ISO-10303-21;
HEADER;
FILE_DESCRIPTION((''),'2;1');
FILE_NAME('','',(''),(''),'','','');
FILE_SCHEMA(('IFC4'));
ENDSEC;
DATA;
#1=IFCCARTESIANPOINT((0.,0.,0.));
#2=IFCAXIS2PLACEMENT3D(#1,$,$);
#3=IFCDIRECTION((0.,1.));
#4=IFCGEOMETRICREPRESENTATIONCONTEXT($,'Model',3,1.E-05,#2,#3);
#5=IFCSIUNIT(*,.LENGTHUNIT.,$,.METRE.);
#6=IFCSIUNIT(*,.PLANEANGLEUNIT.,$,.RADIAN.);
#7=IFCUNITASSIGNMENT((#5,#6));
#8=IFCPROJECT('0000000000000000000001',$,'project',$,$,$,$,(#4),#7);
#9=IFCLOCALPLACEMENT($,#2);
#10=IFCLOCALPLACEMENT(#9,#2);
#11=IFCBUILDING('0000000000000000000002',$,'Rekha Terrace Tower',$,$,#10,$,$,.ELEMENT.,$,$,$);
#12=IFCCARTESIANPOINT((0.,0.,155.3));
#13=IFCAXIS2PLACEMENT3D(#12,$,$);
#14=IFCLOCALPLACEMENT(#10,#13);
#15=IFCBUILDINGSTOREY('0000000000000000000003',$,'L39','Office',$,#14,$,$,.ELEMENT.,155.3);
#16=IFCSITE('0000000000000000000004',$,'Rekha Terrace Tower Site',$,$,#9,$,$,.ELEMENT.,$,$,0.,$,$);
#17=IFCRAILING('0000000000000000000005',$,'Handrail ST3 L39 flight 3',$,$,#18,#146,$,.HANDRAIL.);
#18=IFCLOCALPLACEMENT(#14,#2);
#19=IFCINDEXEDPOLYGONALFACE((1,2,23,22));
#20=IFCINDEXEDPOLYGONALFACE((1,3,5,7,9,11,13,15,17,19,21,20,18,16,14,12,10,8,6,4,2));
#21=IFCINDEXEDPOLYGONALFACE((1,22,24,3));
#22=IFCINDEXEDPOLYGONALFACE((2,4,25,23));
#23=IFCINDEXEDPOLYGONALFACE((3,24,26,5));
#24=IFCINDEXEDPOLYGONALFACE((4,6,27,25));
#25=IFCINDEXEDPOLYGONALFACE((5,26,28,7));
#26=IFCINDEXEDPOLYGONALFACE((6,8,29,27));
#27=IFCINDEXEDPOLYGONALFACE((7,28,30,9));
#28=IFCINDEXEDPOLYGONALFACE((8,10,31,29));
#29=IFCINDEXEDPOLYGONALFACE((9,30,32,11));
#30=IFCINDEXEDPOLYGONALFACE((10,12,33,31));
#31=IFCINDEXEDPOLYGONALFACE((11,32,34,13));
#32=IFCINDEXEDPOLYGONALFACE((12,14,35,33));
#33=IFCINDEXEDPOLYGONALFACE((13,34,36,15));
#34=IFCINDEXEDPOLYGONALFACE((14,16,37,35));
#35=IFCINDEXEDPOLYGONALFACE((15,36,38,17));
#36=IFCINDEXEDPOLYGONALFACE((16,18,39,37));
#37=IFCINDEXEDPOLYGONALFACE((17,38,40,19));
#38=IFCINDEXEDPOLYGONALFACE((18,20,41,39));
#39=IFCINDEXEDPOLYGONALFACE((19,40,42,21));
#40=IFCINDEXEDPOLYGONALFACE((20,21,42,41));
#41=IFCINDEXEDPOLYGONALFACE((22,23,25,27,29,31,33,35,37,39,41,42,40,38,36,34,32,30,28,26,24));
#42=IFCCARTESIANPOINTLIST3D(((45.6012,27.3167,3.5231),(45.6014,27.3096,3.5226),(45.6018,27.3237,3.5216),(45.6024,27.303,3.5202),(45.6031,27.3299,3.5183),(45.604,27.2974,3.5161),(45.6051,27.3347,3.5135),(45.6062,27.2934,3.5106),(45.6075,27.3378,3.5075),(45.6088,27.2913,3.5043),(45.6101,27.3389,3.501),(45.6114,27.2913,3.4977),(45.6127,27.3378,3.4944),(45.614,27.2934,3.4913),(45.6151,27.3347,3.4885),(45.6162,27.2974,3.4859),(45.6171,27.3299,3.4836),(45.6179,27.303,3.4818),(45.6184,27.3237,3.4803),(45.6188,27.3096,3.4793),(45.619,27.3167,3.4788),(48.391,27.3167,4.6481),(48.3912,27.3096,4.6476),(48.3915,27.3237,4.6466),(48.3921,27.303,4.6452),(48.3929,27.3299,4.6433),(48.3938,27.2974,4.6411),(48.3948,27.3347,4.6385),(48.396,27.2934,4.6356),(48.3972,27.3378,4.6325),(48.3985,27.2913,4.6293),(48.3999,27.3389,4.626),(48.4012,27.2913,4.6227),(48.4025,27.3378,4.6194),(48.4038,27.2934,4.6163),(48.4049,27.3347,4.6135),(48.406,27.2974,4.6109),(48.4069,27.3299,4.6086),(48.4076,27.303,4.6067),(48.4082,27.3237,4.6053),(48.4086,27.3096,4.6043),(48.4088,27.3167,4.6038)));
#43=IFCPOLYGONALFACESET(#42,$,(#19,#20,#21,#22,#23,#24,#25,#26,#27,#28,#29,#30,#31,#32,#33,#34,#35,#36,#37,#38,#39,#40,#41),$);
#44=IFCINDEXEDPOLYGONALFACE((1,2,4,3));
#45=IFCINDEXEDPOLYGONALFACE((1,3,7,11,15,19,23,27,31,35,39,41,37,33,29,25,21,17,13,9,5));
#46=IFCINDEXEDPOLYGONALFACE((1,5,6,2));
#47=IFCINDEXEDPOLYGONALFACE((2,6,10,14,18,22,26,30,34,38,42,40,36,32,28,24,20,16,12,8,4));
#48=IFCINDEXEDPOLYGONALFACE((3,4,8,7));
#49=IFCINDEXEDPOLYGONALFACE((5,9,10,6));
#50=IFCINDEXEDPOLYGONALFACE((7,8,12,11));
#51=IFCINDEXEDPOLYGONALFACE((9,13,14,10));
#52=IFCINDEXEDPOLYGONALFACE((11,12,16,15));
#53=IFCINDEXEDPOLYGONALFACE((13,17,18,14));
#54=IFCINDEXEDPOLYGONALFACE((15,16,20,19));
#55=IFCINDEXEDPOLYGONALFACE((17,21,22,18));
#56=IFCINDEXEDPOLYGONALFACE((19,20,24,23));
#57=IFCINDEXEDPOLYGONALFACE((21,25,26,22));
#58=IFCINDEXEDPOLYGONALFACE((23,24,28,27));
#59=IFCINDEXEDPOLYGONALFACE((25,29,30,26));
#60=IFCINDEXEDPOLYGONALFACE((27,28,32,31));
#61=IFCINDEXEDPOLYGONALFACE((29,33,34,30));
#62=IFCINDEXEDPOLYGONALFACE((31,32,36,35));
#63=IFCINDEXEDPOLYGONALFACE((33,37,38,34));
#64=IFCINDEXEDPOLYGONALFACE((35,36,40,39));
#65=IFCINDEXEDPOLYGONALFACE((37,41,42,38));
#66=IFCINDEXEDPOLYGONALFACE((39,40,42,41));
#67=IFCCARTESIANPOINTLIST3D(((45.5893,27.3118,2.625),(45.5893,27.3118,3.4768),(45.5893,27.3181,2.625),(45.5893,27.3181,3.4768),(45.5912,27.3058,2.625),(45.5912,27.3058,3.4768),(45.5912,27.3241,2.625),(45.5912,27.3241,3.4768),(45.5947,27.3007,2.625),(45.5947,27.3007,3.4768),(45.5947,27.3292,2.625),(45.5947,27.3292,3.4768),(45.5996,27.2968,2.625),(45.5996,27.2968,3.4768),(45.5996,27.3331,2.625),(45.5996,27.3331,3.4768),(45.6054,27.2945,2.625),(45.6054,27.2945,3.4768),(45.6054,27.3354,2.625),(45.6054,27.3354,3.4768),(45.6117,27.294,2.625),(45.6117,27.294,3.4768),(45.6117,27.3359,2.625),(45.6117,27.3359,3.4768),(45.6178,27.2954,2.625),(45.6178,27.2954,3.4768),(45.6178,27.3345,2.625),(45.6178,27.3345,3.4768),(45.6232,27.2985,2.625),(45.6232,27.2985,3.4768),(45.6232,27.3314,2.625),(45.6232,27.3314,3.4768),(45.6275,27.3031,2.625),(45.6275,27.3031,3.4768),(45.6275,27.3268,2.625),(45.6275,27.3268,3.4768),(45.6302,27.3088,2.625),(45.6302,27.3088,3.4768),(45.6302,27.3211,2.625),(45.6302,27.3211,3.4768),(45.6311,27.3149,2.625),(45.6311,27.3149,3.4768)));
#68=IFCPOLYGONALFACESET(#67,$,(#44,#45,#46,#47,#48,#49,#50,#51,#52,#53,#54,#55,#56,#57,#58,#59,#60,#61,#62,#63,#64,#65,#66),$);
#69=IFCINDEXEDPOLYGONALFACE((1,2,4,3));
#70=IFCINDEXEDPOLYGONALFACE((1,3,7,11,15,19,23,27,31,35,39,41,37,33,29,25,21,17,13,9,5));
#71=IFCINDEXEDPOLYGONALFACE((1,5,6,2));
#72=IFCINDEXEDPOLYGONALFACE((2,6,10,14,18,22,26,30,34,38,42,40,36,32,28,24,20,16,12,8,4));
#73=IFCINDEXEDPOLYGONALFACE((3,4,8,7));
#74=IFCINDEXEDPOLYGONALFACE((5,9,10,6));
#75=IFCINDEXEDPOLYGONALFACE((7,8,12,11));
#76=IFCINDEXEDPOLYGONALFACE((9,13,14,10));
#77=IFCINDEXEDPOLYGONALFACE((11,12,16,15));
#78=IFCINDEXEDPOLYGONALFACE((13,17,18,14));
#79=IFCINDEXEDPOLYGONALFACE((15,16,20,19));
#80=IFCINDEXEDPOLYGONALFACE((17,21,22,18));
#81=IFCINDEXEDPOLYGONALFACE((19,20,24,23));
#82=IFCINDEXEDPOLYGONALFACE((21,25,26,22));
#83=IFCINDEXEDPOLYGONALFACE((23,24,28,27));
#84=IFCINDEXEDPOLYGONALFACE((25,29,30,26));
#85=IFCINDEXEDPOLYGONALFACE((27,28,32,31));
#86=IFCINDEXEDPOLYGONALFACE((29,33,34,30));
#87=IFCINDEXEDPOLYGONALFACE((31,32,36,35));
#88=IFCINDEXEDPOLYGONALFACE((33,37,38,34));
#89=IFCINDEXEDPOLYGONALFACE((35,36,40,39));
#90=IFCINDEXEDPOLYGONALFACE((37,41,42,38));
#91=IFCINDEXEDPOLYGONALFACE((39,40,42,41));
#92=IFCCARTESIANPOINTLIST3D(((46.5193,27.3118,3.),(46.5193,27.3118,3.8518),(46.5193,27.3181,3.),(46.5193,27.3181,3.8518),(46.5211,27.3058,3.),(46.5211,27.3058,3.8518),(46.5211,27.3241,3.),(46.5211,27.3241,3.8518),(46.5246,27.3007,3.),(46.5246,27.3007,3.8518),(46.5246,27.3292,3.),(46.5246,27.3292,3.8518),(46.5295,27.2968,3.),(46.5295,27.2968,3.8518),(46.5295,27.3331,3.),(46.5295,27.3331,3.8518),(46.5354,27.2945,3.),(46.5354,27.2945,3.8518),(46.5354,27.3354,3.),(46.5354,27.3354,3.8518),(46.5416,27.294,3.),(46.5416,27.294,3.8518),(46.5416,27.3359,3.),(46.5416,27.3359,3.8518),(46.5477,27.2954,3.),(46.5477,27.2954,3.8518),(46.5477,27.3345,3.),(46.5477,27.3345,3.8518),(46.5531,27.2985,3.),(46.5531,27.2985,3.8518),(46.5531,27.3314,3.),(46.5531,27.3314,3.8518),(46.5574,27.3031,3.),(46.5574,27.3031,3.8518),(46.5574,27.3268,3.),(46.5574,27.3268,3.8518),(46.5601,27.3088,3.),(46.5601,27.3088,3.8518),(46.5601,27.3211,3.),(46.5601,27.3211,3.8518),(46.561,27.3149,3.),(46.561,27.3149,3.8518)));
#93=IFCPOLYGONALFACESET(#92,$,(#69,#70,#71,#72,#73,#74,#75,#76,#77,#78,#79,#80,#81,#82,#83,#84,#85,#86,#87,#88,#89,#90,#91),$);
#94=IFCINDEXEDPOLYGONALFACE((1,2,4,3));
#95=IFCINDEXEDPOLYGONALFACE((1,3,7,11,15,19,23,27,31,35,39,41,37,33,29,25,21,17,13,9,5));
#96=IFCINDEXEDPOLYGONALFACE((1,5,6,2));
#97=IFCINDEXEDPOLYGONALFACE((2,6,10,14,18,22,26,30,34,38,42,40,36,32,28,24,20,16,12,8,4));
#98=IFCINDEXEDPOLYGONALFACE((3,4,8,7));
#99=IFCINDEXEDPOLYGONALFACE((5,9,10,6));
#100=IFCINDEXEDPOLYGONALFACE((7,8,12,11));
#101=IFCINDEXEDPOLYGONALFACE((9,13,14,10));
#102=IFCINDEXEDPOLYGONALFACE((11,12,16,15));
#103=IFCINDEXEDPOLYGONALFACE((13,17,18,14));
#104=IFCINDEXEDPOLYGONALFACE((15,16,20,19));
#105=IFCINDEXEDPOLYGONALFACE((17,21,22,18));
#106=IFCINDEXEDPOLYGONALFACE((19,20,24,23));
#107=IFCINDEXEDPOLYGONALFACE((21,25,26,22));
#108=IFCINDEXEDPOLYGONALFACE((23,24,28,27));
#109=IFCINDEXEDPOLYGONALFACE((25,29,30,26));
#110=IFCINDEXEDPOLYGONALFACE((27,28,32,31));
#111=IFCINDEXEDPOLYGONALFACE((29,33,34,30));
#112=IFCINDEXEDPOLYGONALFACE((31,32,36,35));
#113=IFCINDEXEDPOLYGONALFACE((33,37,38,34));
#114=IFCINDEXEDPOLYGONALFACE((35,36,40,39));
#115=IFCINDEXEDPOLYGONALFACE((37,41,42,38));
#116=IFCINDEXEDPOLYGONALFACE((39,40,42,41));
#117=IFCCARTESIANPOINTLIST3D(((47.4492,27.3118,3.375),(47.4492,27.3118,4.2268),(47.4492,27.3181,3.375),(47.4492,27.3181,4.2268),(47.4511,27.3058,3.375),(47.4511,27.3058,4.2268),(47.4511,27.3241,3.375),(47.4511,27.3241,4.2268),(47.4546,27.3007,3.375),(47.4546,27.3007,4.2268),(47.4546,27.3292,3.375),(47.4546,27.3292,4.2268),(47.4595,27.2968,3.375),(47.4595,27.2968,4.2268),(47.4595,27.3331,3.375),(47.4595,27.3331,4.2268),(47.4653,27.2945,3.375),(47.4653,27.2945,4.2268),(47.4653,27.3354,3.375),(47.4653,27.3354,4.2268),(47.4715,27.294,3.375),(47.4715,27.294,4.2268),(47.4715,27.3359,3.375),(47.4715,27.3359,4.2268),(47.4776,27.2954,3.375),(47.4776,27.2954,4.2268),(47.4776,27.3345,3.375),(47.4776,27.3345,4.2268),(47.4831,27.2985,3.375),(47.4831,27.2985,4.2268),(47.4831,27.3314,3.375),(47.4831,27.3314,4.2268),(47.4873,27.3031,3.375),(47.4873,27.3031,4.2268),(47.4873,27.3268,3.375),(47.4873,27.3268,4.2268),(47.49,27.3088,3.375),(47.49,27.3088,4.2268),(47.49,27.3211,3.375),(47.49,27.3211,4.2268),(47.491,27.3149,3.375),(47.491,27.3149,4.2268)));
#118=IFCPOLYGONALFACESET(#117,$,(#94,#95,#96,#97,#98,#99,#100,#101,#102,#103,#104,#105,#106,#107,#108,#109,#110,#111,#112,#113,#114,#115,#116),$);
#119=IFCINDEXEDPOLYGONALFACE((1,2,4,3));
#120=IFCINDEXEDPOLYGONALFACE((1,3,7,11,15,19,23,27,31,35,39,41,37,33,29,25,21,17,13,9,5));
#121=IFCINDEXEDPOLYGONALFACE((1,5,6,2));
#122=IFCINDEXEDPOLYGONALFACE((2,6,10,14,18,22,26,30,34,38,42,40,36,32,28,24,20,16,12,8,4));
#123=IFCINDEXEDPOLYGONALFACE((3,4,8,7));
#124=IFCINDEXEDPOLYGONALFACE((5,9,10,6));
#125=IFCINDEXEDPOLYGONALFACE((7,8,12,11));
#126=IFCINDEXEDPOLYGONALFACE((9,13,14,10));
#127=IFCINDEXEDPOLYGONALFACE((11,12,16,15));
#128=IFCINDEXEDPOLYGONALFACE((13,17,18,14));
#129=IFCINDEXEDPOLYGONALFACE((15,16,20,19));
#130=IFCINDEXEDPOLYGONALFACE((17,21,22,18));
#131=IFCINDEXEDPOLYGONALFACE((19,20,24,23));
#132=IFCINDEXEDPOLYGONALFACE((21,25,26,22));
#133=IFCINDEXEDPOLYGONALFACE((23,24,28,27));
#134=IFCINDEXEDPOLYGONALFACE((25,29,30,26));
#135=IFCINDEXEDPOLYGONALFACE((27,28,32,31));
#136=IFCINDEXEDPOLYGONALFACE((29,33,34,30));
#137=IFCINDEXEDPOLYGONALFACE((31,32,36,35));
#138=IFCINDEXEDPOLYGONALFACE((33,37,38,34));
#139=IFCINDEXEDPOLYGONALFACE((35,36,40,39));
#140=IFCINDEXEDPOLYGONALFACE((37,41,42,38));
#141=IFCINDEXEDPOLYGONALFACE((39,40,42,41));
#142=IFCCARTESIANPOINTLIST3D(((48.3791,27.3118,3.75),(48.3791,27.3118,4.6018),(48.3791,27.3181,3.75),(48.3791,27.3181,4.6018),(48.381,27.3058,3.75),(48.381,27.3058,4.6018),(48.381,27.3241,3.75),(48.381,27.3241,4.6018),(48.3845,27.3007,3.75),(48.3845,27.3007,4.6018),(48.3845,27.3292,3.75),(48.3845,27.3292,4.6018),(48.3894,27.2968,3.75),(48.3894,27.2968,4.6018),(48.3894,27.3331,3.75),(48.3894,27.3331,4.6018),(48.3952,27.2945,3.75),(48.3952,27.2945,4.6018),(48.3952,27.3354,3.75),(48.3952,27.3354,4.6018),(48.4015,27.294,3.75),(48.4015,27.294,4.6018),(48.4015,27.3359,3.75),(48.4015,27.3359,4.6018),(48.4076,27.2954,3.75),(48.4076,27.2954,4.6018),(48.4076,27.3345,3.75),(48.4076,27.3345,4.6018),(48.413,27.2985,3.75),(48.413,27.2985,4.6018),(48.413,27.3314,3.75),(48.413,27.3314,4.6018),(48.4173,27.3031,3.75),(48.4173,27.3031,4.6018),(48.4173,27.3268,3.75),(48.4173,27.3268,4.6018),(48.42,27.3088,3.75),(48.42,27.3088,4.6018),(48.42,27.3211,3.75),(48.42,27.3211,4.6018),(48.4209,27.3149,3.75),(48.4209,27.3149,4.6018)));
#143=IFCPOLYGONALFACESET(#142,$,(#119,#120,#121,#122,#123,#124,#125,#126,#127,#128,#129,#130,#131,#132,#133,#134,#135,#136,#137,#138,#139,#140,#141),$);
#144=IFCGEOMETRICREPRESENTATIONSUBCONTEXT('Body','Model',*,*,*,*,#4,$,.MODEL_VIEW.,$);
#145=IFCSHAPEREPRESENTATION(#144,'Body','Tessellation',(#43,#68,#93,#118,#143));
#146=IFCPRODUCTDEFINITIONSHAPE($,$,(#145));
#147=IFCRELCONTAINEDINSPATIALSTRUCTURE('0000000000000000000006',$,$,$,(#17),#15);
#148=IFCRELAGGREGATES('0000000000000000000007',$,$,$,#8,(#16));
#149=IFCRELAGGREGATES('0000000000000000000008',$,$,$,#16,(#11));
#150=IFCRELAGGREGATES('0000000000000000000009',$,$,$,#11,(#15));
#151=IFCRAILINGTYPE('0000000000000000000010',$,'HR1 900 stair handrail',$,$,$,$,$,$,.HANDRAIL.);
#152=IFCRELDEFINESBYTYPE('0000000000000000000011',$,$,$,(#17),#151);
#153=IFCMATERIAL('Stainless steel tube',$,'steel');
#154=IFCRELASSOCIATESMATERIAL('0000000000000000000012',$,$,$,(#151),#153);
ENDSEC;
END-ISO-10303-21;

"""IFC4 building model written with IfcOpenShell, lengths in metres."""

from ifc_helpers import new_model, si_unit, direction, frame, origin, origin_2d, place, context, subcontext, project, spatial, circle, extrude, material, type_object, element, save


model = new_model("IFC4")

# Units and contexts
model_context = context("Model", 3, precision=1e-05, world=origin(), true_north=direction((0.0, 1.0)))
body_context = subcontext(model_context, "Body", "Model", "MODEL_VIEW")
ifc_project = project(units=[si_unit("LENGTHUNIT", "METRE"), si_unit("PLANEANGLEUNIT", "RADIAN")], contexts=[model_context])

# Site, building, storey
site_placement = place(None, origin())
site = spatial("IfcSite", under=ifc_project, at=site_placement, Name="Rekha Terrace Tower Site", CompositionType="ELEMENT", RefElevation=0.0)
building_placement = place(site_placement, origin())
building = spatial("IfcBuilding", under=site, at=building_placement, Name="Rekha Terrace Tower", CompositionType="ELEMENT")
storey_placement = place(building_placement, frame((0.0, 0.0, 155.3)))
storey = spatial("IfcBuildingStorey", under=building, at=storey_placement, Name="L39", Description="Office", CompositionType="ELEMENT", Elevation=155.3)

# Railing
ifc_material_1 = material(Name="Stainless steel tube", Category="steel")
railing_type_1 = type_object("IfcRailingType", Name="HR1 900 stair handrail", PredefinedType="HANDRAIL", material=ifc_material_1)
railing_1_placement = place(storey_placement, frame((45.6101, 27.3149, 2.625)))
element("IfcRailing", 1, at=railing_1_placement, inside=storey, type_object=railing_type_1, Name="Handrail ST3 L39 flight 3", PredefinedType="HANDRAIL", context=body_context, shape_type="SweptSolid", body=[
    extrude(circle(Radius=0.0239, at=origin_2d()), frame((0.0, 0.0, 0.876), z_axis=(0.927432, 0.0, 0.373992), x_axis=(0.0, 1.0, 0.0)), (0.0, 0.0, 1.0), 3.0081),
    extrude(circle(Radius=0.021, at=origin_2d()), origin(), (0.0, 0.0, 1.0), 0.8518),
    extrude(circle(Radius=0.021, at=origin_2d()), frame((0.9299, 0.0, 0.375)), (0.0, 0.0, 1.0), 0.8518),
    extrude(circle(Radius=0.021, at=origin_2d()), frame((1.8599, 0.0, 0.75)), (0.0, 0.0, 1.0), 0.8518),
    extrude(circle(Radius=0.021, at=origin_2d()), frame((2.7898, 0.0, 1.125)), (0.0, 0.0, 1.0), 0.8518),
])

save(model, "model.ifc")
